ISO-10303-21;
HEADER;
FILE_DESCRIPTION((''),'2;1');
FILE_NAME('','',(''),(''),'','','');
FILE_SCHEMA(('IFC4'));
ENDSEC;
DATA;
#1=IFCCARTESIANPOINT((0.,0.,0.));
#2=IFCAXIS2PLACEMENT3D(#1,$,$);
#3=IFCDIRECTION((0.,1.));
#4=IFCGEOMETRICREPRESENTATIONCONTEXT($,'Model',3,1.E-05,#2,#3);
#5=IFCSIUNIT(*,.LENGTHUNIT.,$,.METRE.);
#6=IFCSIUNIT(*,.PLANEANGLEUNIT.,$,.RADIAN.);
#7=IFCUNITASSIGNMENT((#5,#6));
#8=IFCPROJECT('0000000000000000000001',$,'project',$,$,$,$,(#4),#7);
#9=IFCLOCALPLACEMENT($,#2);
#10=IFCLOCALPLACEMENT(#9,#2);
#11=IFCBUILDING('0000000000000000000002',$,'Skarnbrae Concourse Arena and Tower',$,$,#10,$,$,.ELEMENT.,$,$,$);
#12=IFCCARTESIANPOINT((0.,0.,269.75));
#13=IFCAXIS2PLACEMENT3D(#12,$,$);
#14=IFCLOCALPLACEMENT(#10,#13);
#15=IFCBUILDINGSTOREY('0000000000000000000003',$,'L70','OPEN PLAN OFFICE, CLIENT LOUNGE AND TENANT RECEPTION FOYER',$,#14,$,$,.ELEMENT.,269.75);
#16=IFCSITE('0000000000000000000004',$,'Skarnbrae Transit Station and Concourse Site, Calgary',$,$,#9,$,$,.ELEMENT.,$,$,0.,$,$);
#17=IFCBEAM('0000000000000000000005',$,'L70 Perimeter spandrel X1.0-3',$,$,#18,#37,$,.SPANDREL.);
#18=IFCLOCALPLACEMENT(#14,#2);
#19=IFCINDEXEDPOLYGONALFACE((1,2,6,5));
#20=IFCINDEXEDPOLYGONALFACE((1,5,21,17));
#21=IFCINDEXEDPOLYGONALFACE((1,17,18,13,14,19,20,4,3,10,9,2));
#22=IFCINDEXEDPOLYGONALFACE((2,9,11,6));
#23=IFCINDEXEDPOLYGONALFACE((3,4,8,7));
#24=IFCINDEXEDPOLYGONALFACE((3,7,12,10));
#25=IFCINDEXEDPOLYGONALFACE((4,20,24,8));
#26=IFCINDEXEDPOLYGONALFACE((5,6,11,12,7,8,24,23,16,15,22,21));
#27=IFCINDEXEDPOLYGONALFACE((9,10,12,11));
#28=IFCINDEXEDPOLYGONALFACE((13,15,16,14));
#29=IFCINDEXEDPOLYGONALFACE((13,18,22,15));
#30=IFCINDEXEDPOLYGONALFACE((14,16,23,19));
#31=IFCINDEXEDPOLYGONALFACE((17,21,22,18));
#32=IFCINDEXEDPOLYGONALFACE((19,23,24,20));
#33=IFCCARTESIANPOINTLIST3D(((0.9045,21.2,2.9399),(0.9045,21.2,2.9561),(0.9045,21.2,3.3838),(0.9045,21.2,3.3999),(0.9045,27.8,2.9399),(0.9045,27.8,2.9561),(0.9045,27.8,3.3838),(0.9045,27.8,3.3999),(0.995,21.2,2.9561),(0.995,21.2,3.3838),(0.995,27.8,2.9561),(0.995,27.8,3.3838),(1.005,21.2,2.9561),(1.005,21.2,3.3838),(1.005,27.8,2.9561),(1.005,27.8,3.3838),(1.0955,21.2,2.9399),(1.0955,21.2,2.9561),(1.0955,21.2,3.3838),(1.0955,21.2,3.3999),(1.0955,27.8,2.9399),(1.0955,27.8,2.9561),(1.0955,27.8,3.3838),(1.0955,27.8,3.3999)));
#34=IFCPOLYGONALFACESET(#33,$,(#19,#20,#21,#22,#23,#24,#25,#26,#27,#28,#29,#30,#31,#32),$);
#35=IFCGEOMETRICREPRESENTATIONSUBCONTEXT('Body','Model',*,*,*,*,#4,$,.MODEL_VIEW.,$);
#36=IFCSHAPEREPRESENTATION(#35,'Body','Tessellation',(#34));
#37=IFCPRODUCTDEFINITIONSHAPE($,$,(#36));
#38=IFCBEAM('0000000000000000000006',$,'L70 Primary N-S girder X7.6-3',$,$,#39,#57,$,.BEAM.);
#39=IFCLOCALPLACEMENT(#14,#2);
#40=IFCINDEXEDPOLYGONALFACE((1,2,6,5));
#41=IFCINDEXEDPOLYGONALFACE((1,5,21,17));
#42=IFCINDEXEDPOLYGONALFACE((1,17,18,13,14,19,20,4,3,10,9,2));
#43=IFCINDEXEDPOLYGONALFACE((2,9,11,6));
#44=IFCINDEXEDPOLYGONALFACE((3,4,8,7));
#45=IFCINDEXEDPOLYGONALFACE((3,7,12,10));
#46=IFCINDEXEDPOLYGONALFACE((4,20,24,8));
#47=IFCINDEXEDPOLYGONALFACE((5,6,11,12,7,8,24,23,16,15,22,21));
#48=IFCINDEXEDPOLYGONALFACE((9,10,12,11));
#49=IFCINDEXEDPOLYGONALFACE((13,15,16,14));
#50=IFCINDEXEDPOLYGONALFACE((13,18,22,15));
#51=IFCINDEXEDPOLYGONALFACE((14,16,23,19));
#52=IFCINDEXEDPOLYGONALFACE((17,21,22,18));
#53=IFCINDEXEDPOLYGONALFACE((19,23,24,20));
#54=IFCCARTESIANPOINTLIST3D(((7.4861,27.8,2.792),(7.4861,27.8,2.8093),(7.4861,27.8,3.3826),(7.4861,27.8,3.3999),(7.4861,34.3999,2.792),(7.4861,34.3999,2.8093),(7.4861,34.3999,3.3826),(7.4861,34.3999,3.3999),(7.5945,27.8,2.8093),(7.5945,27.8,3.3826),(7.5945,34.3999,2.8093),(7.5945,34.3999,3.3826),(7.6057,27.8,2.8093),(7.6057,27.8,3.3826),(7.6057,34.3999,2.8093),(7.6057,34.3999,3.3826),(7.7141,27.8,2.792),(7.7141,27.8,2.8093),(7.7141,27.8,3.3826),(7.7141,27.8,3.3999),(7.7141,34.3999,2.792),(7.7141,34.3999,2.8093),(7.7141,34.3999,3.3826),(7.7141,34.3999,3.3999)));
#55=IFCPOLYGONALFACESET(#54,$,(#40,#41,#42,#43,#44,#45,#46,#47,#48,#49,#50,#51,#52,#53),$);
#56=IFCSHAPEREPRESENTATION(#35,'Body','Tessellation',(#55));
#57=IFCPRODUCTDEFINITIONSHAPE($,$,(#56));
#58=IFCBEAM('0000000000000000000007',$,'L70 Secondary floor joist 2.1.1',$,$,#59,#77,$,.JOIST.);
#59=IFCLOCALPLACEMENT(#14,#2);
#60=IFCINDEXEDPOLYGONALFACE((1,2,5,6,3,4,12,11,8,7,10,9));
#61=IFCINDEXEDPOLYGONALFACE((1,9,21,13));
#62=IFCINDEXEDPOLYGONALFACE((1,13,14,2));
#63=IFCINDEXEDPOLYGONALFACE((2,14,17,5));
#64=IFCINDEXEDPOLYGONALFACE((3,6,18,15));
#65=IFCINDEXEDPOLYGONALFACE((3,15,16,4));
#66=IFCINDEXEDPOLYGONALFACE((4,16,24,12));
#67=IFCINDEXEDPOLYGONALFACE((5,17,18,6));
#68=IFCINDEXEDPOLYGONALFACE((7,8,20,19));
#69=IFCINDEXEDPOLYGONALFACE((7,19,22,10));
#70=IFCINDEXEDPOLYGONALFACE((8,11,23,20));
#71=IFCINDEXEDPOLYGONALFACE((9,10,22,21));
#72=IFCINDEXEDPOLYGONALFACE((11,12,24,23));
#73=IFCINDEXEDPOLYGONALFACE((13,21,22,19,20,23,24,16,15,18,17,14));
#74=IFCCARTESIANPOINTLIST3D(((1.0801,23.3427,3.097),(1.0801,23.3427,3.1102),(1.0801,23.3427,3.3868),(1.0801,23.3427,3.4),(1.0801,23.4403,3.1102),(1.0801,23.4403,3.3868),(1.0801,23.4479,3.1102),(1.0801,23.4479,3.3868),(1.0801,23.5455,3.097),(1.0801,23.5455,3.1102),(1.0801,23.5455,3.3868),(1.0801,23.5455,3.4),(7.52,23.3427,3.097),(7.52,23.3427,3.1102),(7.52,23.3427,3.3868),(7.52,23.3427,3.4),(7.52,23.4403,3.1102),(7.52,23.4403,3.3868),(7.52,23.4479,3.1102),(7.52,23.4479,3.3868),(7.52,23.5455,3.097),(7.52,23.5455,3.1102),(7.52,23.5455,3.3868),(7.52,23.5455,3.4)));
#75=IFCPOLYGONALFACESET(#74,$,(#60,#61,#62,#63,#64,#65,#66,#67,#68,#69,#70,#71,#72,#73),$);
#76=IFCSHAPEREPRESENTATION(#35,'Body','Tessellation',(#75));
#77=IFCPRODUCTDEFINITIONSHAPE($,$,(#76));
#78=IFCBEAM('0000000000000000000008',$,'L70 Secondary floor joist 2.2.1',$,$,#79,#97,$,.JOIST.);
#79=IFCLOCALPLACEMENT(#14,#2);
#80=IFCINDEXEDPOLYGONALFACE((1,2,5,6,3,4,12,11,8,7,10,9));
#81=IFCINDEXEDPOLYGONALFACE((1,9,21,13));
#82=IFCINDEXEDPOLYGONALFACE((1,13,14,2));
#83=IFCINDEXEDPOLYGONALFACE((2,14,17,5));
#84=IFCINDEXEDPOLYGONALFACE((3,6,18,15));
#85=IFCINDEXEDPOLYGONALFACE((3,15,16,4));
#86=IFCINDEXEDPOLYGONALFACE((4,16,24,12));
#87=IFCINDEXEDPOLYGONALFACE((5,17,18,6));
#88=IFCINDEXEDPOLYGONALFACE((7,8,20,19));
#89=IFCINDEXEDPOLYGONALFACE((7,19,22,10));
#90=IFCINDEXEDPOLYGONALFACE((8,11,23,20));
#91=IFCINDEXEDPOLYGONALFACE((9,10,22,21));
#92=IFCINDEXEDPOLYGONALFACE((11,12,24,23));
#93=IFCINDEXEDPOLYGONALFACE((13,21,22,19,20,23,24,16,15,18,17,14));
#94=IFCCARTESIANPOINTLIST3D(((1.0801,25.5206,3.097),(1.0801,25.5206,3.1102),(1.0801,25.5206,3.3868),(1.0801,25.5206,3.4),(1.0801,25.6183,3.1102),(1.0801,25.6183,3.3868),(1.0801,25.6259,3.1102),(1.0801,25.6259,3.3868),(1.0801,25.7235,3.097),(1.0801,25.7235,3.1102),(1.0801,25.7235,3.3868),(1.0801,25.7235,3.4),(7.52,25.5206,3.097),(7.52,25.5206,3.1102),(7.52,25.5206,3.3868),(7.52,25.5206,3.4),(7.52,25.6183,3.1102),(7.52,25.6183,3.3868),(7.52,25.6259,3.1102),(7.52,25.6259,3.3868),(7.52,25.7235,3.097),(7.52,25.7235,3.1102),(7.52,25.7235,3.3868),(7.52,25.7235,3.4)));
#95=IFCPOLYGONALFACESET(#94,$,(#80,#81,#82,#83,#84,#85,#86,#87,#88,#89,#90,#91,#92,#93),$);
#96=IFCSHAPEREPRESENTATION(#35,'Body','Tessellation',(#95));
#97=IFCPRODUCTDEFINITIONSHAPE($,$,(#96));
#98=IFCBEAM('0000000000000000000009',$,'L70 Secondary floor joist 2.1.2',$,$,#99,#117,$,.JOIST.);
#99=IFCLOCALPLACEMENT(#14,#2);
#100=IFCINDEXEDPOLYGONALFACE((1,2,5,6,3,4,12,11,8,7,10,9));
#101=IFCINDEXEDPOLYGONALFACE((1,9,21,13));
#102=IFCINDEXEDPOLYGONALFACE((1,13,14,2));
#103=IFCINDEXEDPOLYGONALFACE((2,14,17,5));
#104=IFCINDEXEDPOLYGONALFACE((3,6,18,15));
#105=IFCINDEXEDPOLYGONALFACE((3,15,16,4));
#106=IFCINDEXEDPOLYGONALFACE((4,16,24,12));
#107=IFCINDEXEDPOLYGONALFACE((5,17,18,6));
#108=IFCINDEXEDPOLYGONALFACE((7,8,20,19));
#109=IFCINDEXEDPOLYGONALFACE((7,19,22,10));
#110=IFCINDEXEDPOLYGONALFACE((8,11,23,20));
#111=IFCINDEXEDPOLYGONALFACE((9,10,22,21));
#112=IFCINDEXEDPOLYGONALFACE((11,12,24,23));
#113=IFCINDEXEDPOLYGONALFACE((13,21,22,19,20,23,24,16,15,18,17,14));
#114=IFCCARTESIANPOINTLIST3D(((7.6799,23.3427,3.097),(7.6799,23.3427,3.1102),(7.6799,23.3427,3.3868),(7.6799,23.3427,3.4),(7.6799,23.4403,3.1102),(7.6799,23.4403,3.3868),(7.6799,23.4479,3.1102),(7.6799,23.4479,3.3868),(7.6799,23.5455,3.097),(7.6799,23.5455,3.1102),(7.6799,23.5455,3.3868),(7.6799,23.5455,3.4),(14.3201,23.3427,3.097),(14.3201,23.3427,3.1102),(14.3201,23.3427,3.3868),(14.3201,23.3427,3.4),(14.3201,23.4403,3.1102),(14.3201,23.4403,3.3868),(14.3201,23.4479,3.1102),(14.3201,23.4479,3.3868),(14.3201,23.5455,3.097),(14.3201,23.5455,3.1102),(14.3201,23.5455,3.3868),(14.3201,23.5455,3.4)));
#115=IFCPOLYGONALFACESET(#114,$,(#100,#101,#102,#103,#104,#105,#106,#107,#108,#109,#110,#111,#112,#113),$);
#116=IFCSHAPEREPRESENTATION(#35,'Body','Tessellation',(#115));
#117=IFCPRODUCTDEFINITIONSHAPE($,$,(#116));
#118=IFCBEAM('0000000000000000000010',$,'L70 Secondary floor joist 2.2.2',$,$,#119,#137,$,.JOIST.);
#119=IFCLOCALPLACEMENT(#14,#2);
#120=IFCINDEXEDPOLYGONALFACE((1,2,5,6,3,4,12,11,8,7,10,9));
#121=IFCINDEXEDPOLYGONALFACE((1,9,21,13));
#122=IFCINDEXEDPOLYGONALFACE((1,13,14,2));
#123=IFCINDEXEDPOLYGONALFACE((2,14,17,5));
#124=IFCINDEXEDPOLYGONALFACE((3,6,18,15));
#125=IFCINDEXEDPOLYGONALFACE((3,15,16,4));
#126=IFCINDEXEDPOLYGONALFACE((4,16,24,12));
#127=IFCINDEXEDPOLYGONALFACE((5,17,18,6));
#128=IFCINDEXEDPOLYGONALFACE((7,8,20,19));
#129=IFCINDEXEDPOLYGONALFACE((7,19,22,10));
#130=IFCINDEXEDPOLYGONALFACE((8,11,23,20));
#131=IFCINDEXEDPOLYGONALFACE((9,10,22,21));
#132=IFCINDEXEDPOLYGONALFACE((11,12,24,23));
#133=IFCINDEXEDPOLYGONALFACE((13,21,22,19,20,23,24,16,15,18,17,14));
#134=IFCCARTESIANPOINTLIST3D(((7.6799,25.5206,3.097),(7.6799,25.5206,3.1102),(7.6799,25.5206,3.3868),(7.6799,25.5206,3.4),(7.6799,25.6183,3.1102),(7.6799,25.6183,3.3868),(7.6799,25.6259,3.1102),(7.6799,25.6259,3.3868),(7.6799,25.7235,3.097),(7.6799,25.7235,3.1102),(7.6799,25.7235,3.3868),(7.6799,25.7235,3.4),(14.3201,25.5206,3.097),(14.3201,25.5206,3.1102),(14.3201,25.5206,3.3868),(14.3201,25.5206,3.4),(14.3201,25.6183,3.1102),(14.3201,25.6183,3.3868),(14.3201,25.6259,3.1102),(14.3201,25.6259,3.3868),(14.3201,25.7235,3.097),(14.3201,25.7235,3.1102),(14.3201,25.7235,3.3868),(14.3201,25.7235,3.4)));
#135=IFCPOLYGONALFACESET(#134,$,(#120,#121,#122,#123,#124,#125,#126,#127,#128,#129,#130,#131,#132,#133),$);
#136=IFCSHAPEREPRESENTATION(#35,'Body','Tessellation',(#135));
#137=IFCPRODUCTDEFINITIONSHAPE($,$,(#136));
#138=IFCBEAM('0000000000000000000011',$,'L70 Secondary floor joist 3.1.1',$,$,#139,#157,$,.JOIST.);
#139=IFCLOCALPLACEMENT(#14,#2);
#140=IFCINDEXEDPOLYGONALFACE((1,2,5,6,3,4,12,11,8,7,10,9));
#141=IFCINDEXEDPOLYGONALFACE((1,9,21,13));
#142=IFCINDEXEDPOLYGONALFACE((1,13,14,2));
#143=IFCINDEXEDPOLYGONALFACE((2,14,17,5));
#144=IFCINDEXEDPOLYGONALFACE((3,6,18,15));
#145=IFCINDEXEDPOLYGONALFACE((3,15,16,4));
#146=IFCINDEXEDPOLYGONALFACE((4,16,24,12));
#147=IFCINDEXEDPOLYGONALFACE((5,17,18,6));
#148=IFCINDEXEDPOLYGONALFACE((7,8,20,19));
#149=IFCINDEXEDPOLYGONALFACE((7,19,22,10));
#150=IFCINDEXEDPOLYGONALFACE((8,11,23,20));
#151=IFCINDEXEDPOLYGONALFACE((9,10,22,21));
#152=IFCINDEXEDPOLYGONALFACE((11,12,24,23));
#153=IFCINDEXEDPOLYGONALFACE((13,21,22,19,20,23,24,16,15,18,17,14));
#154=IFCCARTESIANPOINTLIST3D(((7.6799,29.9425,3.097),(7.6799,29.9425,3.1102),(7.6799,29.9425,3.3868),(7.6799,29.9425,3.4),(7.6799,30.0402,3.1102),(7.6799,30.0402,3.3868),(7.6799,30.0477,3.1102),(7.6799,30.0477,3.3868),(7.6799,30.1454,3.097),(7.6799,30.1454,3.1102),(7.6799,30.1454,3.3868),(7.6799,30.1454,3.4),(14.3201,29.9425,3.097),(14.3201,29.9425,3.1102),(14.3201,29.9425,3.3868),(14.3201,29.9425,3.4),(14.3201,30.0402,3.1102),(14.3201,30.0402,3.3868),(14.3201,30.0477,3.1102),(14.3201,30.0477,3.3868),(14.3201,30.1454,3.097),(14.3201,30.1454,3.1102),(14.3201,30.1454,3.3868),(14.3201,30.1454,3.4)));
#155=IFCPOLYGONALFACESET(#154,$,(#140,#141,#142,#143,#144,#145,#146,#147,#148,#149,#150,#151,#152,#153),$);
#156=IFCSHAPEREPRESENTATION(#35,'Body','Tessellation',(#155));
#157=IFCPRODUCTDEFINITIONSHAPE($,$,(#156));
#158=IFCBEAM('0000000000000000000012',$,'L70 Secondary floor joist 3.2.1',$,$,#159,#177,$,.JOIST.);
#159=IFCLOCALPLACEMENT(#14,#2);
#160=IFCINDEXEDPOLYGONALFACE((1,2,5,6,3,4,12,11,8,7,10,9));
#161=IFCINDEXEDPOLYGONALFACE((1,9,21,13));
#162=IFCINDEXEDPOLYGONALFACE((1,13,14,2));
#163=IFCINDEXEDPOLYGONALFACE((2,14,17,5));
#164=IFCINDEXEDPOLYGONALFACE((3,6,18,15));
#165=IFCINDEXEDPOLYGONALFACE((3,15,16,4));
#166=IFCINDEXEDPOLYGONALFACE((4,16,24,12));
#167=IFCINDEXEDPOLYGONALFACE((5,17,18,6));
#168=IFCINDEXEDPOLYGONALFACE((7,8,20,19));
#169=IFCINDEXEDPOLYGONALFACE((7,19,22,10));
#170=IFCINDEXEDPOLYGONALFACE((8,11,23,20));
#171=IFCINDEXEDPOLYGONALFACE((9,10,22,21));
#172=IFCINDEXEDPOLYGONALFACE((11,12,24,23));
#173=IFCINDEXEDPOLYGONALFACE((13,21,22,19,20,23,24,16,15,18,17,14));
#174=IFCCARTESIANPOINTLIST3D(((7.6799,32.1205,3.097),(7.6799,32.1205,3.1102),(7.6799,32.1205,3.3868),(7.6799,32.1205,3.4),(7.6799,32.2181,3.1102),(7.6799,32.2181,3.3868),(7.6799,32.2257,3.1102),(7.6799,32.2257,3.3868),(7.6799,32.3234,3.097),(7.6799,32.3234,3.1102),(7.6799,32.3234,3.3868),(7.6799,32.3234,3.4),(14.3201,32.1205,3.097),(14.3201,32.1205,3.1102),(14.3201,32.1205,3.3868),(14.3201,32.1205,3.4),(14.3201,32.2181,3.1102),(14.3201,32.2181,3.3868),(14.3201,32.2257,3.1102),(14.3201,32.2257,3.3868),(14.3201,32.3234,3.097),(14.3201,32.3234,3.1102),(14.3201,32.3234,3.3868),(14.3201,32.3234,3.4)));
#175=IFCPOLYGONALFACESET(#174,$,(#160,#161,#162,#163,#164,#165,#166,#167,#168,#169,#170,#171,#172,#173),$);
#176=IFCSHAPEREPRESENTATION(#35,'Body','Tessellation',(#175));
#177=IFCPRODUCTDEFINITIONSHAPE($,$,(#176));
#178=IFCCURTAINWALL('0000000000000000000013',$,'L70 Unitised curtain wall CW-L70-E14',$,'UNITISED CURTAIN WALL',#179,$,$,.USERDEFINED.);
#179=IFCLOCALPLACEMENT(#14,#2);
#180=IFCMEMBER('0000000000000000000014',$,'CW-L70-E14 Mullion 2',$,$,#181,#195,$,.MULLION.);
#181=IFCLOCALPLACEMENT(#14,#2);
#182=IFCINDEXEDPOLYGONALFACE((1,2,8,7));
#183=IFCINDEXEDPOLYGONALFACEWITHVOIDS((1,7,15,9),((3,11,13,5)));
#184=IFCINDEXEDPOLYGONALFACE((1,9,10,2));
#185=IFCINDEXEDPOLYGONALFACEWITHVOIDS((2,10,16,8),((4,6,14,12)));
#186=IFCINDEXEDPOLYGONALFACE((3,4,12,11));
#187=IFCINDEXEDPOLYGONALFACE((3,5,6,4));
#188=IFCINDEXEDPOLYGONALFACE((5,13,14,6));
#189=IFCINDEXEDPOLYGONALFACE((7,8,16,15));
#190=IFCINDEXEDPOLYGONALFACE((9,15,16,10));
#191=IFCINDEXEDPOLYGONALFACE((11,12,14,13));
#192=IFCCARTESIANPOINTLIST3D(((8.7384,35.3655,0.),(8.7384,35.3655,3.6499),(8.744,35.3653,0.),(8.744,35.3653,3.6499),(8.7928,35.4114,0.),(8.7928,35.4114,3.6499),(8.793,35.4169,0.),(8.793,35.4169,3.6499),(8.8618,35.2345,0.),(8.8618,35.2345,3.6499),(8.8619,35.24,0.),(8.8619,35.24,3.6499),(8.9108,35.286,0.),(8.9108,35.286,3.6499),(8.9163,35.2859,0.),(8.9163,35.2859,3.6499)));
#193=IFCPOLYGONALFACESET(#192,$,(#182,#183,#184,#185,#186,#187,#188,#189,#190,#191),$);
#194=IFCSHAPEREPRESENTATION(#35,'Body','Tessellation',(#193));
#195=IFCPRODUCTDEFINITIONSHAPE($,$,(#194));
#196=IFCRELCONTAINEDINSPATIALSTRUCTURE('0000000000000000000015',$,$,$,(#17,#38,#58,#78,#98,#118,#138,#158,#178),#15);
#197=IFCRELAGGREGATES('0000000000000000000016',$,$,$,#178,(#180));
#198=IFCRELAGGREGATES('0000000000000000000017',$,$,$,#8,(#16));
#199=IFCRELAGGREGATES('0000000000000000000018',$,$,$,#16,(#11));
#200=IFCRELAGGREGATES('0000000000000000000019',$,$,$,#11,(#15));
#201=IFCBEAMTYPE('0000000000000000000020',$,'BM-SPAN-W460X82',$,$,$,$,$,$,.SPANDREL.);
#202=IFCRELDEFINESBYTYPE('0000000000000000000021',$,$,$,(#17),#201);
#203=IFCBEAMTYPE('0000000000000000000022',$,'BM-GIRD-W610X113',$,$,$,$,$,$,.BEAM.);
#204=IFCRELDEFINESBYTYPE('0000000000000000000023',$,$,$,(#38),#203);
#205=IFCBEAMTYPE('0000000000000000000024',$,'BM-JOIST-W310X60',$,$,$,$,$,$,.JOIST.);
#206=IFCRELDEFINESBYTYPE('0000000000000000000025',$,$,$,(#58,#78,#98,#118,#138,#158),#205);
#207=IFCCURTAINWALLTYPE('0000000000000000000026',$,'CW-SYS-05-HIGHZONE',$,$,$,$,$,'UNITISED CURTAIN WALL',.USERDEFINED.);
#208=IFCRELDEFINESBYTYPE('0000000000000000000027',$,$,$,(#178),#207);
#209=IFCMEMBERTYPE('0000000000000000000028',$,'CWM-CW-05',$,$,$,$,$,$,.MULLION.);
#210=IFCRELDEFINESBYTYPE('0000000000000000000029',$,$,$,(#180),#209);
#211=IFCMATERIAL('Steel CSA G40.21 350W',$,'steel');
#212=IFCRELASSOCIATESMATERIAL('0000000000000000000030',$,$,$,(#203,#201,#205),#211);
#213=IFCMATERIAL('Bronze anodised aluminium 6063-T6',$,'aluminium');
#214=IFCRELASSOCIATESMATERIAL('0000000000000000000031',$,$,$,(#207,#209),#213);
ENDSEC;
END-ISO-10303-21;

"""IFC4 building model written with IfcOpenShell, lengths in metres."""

from ifc_helpers import new_model, si_unit, direction, frame, origin, origin_2d, place, context, subcontext, project, spatial, hollow_rectangle, i_section, extrude, source, transform, mapped, material, material_profile, profile_set, type_object, element, aggregate, save


model = new_model("IFC4")

# Units and contexts
model_context = context("Model", 3, precision=1e-05, world=origin(), true_north=direction((0.0, 1.0)))
body_context = subcontext(model_context, "Body", "Model", "MODEL_VIEW")
ifc_project = project(units=[si_unit("LENGTHUNIT", "METRE"), si_unit("PLANEANGLEUNIT", "RADIAN")], contexts=[model_context])

# Site, building, storey
site_placement = place(None, origin())
site = spatial("IfcSite", under=ifc_project, at=site_placement, Name="Skarnbrae Transit Station and Concourse Site, Calgary", CompositionType="ELEMENT", RefElevation=0.0)
building_placement = place(site_placement, origin())
building = spatial("IfcBuilding", under=site, at=building_placement, Name="Skarnbrae Concourse Arena and Tower", CompositionType="ELEMENT")
storey_placement = place(building_placement, frame((0.0, 0.0, 269.75)))
storey = spatial("IfcBuildingStorey", under=building, at=storey_placement, Name="L70", Description="OPEN PLAN OFFICE, CLIENT LOUNGE AND TENANT RECEPTION FOYER", CompositionType="ELEMENT", Elevation=269.75)

# Shared definitions
ifc_material_1 = material(Name="Steel CSA G40.21 350W", Category="steel")

# Beams
ifc_material_profile_1 = material_profile(ifc_material_1, i_section(OverallWidth=0.228, OverallDepth=0.6079, WebThickness=0.0112, FlangeThickness=0.0173, at=origin_2d()), Name="W610X113")
ifc_profile_set_1 = profile_set([ifc_material_profile_1], Name="Steel CSA G40.21 350W")
beam_type_1 = type_object("IfcBeamType", Name="BM-GIRD-W610X113", PredefinedType="BEAM", material=ifc_profile_set_1)
ifc_material_profile_2 = material_profile(ifc_material_1, i_section(OverallWidth=0.1909, OverallDepth=0.46, WebThickness=0.01, FlangeThickness=0.0161, at=origin_2d()), Name="W460X82")
ifc_profile_set_2 = profile_set([ifc_material_profile_2], Name="Steel CSA G40.21 350W")
beam_type_2 = type_object("IfcBeamType", Name="BM-SPAN-W460X82", PredefinedType="SPANDREL", material=ifc_profile_set_2)
shared_shape_1 = source(origin(), body_context, "Body", "SweptSolid", [
    extrude(i_section(OverallWidth=0.1909, OverallDepth=0.46, WebThickness=0.01, FlangeThickness=0.0161, at=origin_2d()), origin(), (0.0, 0.0, 1.0), 6.6001),
])
beam_1_placement = place(storey_placement, frame((1.0, 21.2, 3.1699), z_axis=(0.0, 1.0, 0.0), x_axis=(-1.0, 0.0, 0.0)))
element("IfcBeam", 1, at=beam_1_placement, inside=storey, type_object=beam_type_2, Name="L70 Perimeter spandrel X1.0-3", PredefinedType="SPANDREL", context=body_context, shape_type="MappedRepresentation", body=[
    mapped(shared_shape_1, transform((0.0, 0.0, 0.0))),
])
shared_shape_2 = source(origin(), body_context, "Body", "SweptSolid", [
    extrude(i_section(OverallWidth=0.228, OverallDepth=0.6079, WebThickness=0.0112, FlangeThickness=0.0173, at=origin_2d()), origin(), (0.0, 0.0, 1.0), 6.5999),
])
beam_2_placement = place(storey_placement, frame((7.6001, 27.8, 3.0959), z_axis=(0.0, 1.0, 0.0), x_axis=(-1.0, 0.0, 0.0)))
element("IfcBeam", 2, at=beam_2_placement, inside=storey, type_object=beam_type_1, Name="L70 Primary N-S girder X7.6-3", PredefinedType="BEAM", context=body_context, shape_type="MappedRepresentation", body=[
    mapped(shared_shape_2, transform((0.0, 0.0, 0.0))),
])
ifc_material_profile_3 = material_profile(ifc_material_1, i_section(OverallWidth=0.2029, OverallDepth=0.303, WebThickness=0.0076, FlangeThickness=0.0132, at=origin_2d()), Name="W310X60")
ifc_profile_set_3 = profile_set([ifc_material_profile_3], Name="Steel CSA G40.21 350W")
beam_type_3 = type_object("IfcBeamType", Name="BM-JOIST-W310X60", PredefinedType="JOIST", material=ifc_profile_set_3)
shared_shape_3 = source(origin(), body_context, "Body", "SweptSolid", [
    extrude(i_section(OverallWidth=0.2029, OverallDepth=0.303, WebThickness=0.0076, FlangeThickness=0.0132, at=origin_2d()), origin(), (0.0, 0.0, 1.0), 6.4399),
])
for number, where, z_axis, x_axis, name in (
    (3, (1.0801, 23.4441, 3.2485), (1.0, 0.0, 0.0), (0.0, 1.0, 0.0), "L70 Secondary floor joist 2.1.1"),
    (4, (1.0801, 25.6221, 3.2485), (1.0, 0.0, 0.0), (0.0, 1.0, 0.0), "L70 Secondary floor joist 2.2.1"),
):
    element("IfcBeam", number, at=place(storey_placement, frame(where, z_axis=z_axis, x_axis=x_axis)), inside=storey, type_object=beam_type_3, Name=name, PredefinedType="JOIST", context=body_context, shape_type="MappedRepresentation", body=[
        mapped(shared_shape_3, transform((0.0, 0.0, 0.0))),
    ])
shared_shape_4 = source(origin(), body_context, "Body", "SweptSolid", [
    extrude(i_section(OverallWidth=0.2029, OverallDepth=0.303, WebThickness=0.0076, FlangeThickness=0.0132, at=origin_2d()), origin(), (0.0, 0.0, 1.0), 6.6401),
])
for number, where, z_axis, x_axis, name in (
    (5, (7.6799, 23.4441, 3.2485), (1.0, 0.0, 0.0), (0.0, 1.0, 0.0), "L70 Secondary floor joist 2.1.2"),
    (6, (7.6799, 25.6221, 3.2485), (1.0, 0.0, 0.0), (0.0, 1.0, 0.0), "L70 Secondary floor joist 2.2.2"),
    (7, (7.6799, 30.0439, 3.2485), (1.0, 0.0, 0.0), (0.0, 1.0, 0.0), "L70 Secondary floor joist 3.1.1"),
    (8, (7.6799, 32.2219, 3.2485), (1.0, 0.0, 0.0), (0.0, 1.0, 0.0), "L70 Secondary floor joist 3.2.1"),
):
    element("IfcBeam", number, at=place(storey_placement, frame(where, z_axis=z_axis, x_axis=x_axis)), inside=storey, type_object=beam_type_3, Name=name, PredefinedType="JOIST", context=body_context, shape_type="MappedRepresentation", body=[
        mapped(shared_shape_4, transform((0.0, 0.0, 0.0))),
    ])

# Curtain wall, member
ifc_material_2 = material(Name="Bronze anodised aluminium 6063-T6", Category="aluminium")
curtain_wall_type = type_object("IfcCurtainWallType", Name="CW-SYS-05-HIGHZONE", ElementType="UNITISED CURTAIN WALL", PredefinedType="USERDEFINED", material=ifc_material_2)
curtain_wall_1_placement = place(storey_placement, origin())
curtain_wall_1 = element("IfcCurtainWall", 9, at=curtain_wall_1_placement, inside=storey, type_object=curtain_wall_type, Name="L70 Unitised curtain wall CW-L70-E14", ObjectType="UNITISED CURTAIN WALL", PredefinedType="USERDEFINED")
ifc_material_profile_4 = material_profile(ifc_material_2, hollow_rectangle(XDim=0.075, YDim=0.1799, WallThickness=0.0039, at=origin_2d()), Name="ALU-MULL-75X180")
ifc_profile_set_4 = profile_set([ifc_material_profile_4], Name="Bronze anodised aluminium 6063-T6")
member_type_1 = type_object("IfcMemberType", Name="CWM-CW-05", PredefinedType="MULLION", material=ifc_profile_set_4)
shared_shape_5 = source(origin(), body_context, "Body", "SweptSolid", [
    extrude(hollow_rectangle(XDim=0.075, YDim=0.1799, WallThickness=0.0039, at=origin_2d()), origin(), (0.0, 0.0, 1.0), 3.6499),
])
member_1_placement = place(storey_placement, frame((8.8274, 35.3257, 0.0), z_axis=(0.0, 0.0, 1.0), x_axis=(-0.728131, -0.685438, 0.0)))
member_1 = element("IfcMember", 10, at=member_1_placement, type_object=member_type_1, Name="CW-L70-E14 Mullion 2", PredefinedType="MULLION", context=body_context, shape_type="MappedRepresentation", body=[
    mapped(shared_shape_5, transform((0.0, 0.0, 0.0))),
])

aggregate(curtain_wall_1, [member_1])

save(model, "model.ifc")
